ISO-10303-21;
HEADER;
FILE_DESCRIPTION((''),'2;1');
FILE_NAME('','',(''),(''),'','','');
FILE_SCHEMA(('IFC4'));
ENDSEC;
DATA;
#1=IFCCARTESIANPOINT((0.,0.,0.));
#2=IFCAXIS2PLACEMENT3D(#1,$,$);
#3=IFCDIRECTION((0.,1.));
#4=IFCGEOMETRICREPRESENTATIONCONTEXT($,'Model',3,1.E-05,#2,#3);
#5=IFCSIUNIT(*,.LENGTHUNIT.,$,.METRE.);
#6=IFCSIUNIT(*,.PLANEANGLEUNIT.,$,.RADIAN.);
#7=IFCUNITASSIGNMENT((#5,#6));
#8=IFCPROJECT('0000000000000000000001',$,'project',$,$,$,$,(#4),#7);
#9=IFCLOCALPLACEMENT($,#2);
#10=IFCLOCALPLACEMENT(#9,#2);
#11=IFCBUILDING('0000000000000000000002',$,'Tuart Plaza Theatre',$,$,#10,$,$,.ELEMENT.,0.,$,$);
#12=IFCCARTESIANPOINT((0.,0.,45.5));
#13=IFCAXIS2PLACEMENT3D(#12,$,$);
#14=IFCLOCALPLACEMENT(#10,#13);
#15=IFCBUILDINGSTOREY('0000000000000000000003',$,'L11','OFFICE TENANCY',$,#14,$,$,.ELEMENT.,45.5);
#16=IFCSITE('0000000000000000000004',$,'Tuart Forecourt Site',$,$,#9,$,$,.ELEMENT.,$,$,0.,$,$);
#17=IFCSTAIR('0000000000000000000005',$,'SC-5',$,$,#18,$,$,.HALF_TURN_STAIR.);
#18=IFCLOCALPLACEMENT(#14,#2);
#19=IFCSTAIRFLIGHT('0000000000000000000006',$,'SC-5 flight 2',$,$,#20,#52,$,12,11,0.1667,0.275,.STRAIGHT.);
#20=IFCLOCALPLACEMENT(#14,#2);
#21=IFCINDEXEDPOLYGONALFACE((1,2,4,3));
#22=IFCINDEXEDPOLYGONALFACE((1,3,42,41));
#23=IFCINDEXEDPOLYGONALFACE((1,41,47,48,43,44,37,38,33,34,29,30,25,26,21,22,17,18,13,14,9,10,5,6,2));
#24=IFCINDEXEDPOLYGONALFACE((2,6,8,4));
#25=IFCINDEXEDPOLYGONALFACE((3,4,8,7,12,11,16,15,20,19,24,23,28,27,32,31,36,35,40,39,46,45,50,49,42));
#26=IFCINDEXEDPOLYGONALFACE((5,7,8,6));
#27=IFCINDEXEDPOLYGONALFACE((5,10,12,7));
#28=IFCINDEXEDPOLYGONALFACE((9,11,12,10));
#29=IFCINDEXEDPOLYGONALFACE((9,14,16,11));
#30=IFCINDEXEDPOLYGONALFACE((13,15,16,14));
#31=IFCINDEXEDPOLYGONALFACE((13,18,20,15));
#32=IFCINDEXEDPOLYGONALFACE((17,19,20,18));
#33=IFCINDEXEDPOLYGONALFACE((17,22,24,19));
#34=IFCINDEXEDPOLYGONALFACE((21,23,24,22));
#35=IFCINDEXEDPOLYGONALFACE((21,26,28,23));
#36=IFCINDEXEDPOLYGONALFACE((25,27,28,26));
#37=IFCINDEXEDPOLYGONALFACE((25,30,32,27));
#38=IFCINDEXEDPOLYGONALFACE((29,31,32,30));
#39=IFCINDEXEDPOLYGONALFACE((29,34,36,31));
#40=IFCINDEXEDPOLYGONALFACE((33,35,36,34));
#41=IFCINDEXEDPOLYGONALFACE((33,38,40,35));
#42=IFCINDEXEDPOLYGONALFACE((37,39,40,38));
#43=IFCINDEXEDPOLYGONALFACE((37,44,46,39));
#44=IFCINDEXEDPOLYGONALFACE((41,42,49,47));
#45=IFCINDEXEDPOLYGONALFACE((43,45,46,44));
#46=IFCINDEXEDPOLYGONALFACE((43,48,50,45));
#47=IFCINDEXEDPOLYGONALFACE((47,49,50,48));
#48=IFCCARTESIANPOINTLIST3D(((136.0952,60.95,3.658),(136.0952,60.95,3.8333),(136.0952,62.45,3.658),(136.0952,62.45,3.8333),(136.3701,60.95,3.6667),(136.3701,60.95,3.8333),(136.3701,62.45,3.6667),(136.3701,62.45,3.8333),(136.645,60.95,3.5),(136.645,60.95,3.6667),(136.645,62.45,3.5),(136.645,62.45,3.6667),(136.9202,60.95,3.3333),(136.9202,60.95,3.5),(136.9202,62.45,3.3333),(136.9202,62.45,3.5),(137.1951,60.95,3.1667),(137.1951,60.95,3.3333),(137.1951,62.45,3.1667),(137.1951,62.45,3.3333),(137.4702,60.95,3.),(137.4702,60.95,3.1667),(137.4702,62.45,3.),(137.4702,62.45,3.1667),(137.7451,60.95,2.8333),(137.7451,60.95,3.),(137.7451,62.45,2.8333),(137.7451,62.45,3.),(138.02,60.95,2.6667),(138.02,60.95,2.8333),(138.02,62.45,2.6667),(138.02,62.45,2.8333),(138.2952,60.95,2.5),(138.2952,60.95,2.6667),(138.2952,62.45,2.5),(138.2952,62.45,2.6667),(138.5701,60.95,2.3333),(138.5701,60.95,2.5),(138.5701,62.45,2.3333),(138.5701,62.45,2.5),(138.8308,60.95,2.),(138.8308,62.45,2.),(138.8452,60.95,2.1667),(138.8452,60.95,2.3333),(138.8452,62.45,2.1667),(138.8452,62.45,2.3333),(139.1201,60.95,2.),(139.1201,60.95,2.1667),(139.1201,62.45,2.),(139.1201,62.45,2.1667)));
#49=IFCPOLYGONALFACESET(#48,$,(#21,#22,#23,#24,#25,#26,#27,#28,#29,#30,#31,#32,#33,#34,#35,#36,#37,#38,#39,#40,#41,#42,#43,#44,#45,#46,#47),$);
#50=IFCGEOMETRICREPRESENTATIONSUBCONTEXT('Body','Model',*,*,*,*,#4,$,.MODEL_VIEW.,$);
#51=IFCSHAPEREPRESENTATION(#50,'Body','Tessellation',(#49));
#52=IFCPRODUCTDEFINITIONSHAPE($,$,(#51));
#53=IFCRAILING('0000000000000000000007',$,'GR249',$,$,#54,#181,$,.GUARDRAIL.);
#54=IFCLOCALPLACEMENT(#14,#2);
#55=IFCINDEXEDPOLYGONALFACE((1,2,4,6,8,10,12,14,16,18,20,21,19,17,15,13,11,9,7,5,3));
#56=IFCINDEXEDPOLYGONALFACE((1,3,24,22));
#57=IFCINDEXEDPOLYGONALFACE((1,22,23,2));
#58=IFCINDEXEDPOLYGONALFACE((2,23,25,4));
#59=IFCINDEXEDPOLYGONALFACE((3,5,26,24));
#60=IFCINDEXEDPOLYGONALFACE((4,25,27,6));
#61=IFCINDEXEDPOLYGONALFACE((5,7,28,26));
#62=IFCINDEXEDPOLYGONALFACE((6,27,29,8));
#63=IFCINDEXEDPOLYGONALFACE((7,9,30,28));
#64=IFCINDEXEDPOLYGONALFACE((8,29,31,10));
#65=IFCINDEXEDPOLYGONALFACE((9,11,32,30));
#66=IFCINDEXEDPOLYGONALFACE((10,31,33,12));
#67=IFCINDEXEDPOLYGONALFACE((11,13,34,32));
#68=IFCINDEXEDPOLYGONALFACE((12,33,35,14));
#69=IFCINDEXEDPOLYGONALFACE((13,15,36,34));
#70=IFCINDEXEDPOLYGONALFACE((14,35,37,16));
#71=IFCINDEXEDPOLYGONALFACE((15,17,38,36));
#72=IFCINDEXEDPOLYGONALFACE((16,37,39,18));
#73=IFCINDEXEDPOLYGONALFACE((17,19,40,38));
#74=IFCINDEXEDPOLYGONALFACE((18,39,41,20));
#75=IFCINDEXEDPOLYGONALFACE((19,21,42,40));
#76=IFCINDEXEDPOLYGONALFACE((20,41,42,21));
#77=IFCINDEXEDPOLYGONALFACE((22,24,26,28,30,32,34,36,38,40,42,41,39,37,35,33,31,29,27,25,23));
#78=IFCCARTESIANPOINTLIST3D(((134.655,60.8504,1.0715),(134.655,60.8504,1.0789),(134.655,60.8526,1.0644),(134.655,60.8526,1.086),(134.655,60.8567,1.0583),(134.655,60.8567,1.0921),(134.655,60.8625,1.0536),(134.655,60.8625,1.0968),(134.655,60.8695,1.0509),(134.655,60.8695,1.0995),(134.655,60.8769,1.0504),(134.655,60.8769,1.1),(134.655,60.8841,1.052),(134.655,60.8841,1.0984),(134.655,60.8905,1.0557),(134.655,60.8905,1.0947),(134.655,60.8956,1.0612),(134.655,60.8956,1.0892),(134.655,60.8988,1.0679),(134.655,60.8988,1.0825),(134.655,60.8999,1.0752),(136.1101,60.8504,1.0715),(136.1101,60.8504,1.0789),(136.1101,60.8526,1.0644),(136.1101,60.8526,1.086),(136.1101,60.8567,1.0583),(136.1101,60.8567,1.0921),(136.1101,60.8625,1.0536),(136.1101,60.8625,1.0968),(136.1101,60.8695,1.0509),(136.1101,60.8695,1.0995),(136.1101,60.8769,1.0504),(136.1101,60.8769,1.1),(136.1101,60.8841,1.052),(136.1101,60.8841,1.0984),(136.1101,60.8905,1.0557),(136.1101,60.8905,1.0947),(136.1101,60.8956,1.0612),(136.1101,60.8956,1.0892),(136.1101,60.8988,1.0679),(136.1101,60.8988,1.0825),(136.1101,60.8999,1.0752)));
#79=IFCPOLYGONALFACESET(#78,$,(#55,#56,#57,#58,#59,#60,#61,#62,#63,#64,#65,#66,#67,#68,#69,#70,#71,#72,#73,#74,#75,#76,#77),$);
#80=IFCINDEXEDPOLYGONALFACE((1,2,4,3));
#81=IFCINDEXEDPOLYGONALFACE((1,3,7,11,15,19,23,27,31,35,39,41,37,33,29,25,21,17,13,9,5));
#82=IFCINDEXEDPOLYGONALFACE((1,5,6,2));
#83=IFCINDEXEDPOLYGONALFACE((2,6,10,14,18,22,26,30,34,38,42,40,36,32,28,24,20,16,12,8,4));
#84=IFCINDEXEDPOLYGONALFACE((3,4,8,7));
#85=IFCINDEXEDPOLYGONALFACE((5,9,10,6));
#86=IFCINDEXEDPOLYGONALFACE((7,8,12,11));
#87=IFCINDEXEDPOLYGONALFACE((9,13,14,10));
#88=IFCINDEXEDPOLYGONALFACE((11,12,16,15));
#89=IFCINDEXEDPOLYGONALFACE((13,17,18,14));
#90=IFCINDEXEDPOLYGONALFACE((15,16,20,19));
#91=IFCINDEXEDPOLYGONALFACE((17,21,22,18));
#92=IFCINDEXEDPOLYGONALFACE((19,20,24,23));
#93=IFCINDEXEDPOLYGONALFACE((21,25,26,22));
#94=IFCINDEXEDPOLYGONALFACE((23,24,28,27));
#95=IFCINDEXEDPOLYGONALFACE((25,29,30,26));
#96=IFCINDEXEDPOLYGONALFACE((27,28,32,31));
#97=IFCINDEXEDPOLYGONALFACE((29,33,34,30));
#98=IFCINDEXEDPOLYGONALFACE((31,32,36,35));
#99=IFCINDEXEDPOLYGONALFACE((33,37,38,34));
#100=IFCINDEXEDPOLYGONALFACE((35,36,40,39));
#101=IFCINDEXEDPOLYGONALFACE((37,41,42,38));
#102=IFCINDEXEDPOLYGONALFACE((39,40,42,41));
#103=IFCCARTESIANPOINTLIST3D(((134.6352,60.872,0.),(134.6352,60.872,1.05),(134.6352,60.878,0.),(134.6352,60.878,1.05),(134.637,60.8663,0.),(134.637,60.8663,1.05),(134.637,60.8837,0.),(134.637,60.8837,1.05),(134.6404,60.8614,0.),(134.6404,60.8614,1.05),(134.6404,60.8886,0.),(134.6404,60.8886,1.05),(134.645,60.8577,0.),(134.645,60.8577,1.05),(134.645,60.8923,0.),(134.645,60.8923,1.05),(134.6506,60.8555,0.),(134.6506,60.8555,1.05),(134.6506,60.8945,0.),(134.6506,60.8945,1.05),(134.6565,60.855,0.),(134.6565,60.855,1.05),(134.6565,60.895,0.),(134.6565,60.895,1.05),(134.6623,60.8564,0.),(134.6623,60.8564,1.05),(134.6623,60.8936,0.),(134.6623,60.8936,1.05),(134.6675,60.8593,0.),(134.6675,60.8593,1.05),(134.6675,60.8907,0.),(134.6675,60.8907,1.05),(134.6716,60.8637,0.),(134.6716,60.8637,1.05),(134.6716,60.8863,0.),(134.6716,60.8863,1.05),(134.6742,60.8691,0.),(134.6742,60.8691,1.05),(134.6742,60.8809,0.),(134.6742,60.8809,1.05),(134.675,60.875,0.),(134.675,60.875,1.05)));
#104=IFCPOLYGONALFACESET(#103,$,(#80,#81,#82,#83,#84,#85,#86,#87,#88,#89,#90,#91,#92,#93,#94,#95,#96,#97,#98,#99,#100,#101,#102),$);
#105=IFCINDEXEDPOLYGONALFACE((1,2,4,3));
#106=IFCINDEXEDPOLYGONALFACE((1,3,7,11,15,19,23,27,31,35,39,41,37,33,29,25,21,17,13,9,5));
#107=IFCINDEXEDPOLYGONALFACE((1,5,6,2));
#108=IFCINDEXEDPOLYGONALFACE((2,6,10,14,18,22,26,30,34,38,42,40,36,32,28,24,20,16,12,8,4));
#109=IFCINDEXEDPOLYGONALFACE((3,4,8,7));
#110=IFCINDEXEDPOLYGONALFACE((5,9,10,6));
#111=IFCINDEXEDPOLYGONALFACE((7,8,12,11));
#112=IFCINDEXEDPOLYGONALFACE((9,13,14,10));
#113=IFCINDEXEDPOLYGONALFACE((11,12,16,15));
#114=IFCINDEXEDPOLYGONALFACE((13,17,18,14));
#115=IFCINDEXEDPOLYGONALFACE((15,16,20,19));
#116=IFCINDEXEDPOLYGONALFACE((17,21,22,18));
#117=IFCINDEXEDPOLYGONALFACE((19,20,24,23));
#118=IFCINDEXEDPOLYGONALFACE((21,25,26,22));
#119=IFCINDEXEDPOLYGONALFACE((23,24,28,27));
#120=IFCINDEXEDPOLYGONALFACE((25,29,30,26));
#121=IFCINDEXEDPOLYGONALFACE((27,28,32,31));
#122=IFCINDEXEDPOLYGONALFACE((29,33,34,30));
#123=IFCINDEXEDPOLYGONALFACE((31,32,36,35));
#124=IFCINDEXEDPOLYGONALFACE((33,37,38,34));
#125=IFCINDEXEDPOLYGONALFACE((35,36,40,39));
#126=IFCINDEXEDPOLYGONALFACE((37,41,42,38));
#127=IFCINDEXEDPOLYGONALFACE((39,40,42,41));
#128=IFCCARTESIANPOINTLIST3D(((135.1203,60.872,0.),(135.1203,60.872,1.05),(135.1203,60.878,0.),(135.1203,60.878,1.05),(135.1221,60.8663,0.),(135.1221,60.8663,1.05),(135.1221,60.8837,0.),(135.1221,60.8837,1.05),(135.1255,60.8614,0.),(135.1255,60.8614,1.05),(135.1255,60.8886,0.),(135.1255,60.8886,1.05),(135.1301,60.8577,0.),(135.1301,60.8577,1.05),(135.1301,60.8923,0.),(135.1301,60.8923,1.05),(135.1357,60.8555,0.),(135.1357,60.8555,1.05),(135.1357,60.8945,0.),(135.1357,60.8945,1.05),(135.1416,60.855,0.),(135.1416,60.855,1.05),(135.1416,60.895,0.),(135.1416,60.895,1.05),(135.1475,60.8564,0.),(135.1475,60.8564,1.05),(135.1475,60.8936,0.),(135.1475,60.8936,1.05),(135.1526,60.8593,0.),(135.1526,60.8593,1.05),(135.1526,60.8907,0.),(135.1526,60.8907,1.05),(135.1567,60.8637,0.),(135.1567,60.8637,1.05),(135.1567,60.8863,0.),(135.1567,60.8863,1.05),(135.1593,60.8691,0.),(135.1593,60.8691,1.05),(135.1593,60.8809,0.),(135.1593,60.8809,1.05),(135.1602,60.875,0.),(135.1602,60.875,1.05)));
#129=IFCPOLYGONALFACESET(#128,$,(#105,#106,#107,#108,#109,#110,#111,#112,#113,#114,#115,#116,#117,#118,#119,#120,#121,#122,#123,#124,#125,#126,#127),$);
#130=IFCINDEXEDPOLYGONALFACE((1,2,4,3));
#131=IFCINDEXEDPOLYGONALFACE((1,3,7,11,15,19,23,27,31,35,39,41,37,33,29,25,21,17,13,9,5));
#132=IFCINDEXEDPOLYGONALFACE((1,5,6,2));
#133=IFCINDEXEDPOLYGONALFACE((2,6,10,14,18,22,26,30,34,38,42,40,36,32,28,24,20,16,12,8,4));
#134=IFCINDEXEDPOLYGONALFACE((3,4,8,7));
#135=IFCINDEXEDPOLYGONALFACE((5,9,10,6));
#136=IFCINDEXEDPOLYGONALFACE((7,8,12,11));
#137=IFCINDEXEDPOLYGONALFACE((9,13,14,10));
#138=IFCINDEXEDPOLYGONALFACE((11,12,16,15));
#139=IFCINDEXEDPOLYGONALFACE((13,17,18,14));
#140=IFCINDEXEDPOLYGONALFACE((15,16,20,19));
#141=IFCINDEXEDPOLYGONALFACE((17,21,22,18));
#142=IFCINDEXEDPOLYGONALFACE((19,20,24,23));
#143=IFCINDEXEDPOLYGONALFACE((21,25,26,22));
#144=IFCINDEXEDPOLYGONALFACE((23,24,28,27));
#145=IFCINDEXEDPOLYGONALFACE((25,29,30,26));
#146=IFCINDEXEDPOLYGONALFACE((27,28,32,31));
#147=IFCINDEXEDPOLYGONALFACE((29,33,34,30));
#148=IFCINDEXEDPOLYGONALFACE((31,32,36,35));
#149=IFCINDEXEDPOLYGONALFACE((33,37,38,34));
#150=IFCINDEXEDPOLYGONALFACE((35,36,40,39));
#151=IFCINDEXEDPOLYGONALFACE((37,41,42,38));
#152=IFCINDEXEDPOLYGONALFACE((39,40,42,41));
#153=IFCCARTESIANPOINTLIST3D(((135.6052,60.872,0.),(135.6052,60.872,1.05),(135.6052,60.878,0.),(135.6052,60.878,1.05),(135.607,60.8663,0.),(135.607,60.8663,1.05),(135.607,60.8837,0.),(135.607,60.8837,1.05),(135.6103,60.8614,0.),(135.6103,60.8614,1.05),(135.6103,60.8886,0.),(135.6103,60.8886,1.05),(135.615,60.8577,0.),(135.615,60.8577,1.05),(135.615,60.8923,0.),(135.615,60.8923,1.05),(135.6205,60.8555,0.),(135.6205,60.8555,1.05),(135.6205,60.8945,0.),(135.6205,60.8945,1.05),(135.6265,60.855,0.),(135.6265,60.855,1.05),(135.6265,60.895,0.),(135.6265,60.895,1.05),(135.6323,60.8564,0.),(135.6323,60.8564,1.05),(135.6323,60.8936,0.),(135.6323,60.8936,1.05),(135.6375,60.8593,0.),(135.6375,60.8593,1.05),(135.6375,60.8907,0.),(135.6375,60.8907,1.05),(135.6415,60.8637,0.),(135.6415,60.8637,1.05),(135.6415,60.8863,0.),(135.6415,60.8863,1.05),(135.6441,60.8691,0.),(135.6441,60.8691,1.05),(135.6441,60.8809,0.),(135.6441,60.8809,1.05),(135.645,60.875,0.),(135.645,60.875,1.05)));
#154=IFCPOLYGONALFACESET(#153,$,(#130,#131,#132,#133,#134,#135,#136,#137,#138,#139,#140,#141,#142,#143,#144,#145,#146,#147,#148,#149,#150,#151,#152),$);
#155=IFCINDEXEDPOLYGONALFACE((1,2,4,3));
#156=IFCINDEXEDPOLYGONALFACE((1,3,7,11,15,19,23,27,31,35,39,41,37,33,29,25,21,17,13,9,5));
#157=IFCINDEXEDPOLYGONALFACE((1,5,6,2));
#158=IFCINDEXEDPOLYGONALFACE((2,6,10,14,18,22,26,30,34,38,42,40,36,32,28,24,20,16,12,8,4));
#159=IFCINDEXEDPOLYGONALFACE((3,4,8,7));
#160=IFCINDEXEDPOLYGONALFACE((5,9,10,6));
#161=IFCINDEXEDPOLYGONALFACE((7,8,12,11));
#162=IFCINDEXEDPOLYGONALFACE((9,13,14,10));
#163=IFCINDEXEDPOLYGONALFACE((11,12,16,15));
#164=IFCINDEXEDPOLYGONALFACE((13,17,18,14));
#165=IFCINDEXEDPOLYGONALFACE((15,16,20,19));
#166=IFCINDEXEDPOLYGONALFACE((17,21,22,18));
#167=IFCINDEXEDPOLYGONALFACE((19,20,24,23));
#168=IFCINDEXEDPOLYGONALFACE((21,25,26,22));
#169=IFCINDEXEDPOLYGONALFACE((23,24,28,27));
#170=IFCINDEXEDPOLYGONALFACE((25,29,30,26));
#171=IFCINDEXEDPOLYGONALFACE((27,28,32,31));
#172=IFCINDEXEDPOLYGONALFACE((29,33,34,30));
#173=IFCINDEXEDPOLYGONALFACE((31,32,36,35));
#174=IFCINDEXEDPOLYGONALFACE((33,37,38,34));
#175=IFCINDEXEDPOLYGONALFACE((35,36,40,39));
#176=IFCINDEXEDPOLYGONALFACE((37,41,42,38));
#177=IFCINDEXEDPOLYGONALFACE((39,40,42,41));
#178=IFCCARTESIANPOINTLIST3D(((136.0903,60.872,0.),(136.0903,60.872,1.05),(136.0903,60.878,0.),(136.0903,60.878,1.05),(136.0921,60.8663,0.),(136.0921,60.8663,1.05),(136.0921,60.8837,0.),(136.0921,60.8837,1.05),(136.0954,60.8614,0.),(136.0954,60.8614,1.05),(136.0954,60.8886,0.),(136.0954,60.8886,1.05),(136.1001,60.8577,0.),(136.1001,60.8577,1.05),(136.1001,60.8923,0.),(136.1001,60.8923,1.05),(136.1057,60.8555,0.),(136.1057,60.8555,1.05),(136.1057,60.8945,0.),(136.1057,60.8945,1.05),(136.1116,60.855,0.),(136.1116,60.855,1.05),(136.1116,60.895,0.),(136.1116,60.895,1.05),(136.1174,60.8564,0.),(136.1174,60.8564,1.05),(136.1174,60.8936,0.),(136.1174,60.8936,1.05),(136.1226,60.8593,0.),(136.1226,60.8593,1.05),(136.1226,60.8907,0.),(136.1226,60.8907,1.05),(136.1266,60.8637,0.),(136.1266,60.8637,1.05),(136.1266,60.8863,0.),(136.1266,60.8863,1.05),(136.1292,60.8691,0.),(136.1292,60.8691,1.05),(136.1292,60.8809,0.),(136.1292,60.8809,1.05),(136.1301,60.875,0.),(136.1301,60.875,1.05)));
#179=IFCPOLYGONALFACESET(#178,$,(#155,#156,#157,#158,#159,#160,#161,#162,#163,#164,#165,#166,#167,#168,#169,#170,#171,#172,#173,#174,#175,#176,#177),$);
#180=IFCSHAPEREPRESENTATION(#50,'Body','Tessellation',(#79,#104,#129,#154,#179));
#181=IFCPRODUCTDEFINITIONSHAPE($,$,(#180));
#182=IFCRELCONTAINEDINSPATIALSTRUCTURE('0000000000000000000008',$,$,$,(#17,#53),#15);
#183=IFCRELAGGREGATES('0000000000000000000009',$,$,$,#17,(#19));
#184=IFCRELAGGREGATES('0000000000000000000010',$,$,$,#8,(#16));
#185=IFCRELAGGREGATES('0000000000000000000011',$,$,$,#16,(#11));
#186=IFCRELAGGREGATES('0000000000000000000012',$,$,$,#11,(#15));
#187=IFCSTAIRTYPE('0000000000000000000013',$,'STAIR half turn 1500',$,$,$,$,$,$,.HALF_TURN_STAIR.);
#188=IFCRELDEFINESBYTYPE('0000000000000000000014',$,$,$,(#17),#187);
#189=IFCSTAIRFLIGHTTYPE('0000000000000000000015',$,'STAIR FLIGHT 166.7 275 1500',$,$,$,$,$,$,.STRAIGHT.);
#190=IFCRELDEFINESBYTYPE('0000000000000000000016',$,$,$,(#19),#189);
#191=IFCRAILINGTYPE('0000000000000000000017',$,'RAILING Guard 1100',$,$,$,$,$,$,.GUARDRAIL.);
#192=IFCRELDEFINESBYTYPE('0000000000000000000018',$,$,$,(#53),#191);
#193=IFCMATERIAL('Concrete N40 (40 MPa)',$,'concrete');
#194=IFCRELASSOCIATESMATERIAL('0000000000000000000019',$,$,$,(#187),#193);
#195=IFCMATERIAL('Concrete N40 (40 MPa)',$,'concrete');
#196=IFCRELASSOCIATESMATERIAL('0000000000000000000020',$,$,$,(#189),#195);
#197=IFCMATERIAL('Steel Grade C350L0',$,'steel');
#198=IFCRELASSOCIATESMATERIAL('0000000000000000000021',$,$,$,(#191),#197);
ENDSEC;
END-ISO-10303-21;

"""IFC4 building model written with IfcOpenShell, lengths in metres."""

from ifc_helpers import new_model, si_unit, direction, frame, origin, origin_2d, place, context, subcontext, project, spatial, polyline, circle, outline, extrude, material, type_object, element, aggregate, save


model = new_model("IFC4")

# Units and contexts
model_context = context("Model", 3, precision=1e-05, world=origin(), true_north=direction((0.0, 1.0)))
body_context = subcontext(model_context, "Body", "Model", "MODEL_VIEW")
ifc_project = project(units=[si_unit("LENGTHUNIT", "METRE"), si_unit("PLANEANGLEUNIT", "RADIAN")], contexts=[model_context])

# Site, building, storey
site_placement = place(None, origin())
site = spatial("IfcSite", under=ifc_project, at=site_placement, Name="Tuart Forecourt Site", CompositionType="ELEMENT", RefElevation=0.0)
building_placement = place(site_placement, origin())
building = spatial("IfcBuilding", under=site, at=building_placement, Name="Tuart Plaza Theatre", CompositionType="ELEMENT", ElevationOfRefHeight=0.0)
storey_placement = place(building_placement, frame((0.0, 0.0, 45.5)))
storey = spatial("IfcBuildingStorey", under=building, at=storey_placement, Name="L11", Description="OFFICE TENANCY", CompositionType="ELEMENT", Elevation=45.5)

# Stair, stair flight
ifc_material_1 = material(Name="Concrete N40 (40 MPa)", Category="concrete")
stair_type = type_object("IfcStairType", Name="STAIR half turn 1500", PredefinedType="HALF_TURN_STAIR", material=ifc_material_1)
stair_placement = place(storey_placement, origin())
stair = element("IfcStair", 1, at=stair_placement, inside=storey, type_object=stair_type, Name="SC-5", PredefinedType="HALF_TURN_STAIR")
ifc_material_2 = material(Name="Concrete N40 (40 MPa)", Category="concrete")
stair_flight_type = type_object("IfcStairFlightType", Name="STAIR FLIGHT 166.7 275 1500", PredefinedType="STRAIGHT", material=ifc_material_2)
stair_flight_1_placement = place(storey_placement, frame((139.1201, 61.7, 2.0), z_axis=(0.0, 0.0, 1.0), x_axis=(-1.0, 0.0, 0.0)))
stair_flight_1 = element("IfcStairFlight", 2, at=stair_flight_1_placement, type_object=stair_flight_type, Name="SC-5 flight 2", NumberOfRisers=12, NumberOfTreads=11, PredefinedType="STRAIGHT", RiserHeight=0.1667, TreadLength=0.275, context=body_context, shape_type="SweptSolid", body=[
    extrude(outline(polyline([(0.0, 0.0), (0.0, 0.1667), (0.2749, 0.1667), (0.2749, 0.3333), (0.55, 0.3333), (0.55, 0.5), (0.825, 0.5), (0.825, 0.6667), (1.1001, 0.6667), (1.1001, 0.8333), (1.375, 0.8333), (1.375, 1.0), (1.6499, 1.0), (1.6499, 1.1667), (1.925, 1.1667), (1.925, 1.3333), (2.2, 1.3333), (2.2, 1.5), (2.4751, 1.5), (2.4751, 1.6667), (2.75, 1.6667), (2.75, 1.8333), (3.0249, 1.8333), (3.0249, 2.0), (3.0249, 1.658), (0.2893, 0.0), (0.0, 0.0)])), frame((0.0, 0.75, 0.0), z_axis=(0.0, -1.0, 0.0), x_axis=(1.0, 0.0, 0.0)), (0.0, 0.0, 1.0), 1.5),
])
aggregate(stair, [stair_flight_1])

# Railing
ifc_material_3 = material(Name="Steel Grade C350L0", Category="steel")
railing_type_1 = type_object("IfcRailingType", Name="RAILING Guard 1100", PredefinedType="GUARDRAIL", material=ifc_material_3)
railing_1_placement = place(storey_placement, frame((134.655, 60.875, 0.0)))
element("IfcRailing", 3, at=railing_1_placement, inside=storey, type_object=railing_type_1, Name="GR249", PredefinedType="GUARDRAIL", context=body_context, shape_type="SweptSolid", body=[
    extrude(circle(Radius=0.0249, at=origin_2d()), frame((0.0, 0.0, 1.0752), z_axis=(1.0, 0.0, 0.0), x_axis=(0.0, 1.0, 0.0)), (0.0, 0.0, 1.0), 1.4551),
    extrude(circle(Radius=0.02, at=origin_2d()), origin(), (0.0, 0.0, 1.0), 1.05),
    extrude(circle(Radius=0.02, at=origin_2d()), frame((0.4851, 0.0, 0.0)), (0.0, 0.0, 1.0), 1.05),
    extrude(circle(Radius=0.02, at=origin_2d()), frame((0.97, 0.0, 0.0)), (0.0, 0.0, 1.0), 1.05),
    extrude(circle(Radius=0.02, at=origin_2d()), frame((1.4551, 0.0, 0.0)), (0.0, 0.0, 1.0), 1.05),
])

save(model, "model.ifc")
